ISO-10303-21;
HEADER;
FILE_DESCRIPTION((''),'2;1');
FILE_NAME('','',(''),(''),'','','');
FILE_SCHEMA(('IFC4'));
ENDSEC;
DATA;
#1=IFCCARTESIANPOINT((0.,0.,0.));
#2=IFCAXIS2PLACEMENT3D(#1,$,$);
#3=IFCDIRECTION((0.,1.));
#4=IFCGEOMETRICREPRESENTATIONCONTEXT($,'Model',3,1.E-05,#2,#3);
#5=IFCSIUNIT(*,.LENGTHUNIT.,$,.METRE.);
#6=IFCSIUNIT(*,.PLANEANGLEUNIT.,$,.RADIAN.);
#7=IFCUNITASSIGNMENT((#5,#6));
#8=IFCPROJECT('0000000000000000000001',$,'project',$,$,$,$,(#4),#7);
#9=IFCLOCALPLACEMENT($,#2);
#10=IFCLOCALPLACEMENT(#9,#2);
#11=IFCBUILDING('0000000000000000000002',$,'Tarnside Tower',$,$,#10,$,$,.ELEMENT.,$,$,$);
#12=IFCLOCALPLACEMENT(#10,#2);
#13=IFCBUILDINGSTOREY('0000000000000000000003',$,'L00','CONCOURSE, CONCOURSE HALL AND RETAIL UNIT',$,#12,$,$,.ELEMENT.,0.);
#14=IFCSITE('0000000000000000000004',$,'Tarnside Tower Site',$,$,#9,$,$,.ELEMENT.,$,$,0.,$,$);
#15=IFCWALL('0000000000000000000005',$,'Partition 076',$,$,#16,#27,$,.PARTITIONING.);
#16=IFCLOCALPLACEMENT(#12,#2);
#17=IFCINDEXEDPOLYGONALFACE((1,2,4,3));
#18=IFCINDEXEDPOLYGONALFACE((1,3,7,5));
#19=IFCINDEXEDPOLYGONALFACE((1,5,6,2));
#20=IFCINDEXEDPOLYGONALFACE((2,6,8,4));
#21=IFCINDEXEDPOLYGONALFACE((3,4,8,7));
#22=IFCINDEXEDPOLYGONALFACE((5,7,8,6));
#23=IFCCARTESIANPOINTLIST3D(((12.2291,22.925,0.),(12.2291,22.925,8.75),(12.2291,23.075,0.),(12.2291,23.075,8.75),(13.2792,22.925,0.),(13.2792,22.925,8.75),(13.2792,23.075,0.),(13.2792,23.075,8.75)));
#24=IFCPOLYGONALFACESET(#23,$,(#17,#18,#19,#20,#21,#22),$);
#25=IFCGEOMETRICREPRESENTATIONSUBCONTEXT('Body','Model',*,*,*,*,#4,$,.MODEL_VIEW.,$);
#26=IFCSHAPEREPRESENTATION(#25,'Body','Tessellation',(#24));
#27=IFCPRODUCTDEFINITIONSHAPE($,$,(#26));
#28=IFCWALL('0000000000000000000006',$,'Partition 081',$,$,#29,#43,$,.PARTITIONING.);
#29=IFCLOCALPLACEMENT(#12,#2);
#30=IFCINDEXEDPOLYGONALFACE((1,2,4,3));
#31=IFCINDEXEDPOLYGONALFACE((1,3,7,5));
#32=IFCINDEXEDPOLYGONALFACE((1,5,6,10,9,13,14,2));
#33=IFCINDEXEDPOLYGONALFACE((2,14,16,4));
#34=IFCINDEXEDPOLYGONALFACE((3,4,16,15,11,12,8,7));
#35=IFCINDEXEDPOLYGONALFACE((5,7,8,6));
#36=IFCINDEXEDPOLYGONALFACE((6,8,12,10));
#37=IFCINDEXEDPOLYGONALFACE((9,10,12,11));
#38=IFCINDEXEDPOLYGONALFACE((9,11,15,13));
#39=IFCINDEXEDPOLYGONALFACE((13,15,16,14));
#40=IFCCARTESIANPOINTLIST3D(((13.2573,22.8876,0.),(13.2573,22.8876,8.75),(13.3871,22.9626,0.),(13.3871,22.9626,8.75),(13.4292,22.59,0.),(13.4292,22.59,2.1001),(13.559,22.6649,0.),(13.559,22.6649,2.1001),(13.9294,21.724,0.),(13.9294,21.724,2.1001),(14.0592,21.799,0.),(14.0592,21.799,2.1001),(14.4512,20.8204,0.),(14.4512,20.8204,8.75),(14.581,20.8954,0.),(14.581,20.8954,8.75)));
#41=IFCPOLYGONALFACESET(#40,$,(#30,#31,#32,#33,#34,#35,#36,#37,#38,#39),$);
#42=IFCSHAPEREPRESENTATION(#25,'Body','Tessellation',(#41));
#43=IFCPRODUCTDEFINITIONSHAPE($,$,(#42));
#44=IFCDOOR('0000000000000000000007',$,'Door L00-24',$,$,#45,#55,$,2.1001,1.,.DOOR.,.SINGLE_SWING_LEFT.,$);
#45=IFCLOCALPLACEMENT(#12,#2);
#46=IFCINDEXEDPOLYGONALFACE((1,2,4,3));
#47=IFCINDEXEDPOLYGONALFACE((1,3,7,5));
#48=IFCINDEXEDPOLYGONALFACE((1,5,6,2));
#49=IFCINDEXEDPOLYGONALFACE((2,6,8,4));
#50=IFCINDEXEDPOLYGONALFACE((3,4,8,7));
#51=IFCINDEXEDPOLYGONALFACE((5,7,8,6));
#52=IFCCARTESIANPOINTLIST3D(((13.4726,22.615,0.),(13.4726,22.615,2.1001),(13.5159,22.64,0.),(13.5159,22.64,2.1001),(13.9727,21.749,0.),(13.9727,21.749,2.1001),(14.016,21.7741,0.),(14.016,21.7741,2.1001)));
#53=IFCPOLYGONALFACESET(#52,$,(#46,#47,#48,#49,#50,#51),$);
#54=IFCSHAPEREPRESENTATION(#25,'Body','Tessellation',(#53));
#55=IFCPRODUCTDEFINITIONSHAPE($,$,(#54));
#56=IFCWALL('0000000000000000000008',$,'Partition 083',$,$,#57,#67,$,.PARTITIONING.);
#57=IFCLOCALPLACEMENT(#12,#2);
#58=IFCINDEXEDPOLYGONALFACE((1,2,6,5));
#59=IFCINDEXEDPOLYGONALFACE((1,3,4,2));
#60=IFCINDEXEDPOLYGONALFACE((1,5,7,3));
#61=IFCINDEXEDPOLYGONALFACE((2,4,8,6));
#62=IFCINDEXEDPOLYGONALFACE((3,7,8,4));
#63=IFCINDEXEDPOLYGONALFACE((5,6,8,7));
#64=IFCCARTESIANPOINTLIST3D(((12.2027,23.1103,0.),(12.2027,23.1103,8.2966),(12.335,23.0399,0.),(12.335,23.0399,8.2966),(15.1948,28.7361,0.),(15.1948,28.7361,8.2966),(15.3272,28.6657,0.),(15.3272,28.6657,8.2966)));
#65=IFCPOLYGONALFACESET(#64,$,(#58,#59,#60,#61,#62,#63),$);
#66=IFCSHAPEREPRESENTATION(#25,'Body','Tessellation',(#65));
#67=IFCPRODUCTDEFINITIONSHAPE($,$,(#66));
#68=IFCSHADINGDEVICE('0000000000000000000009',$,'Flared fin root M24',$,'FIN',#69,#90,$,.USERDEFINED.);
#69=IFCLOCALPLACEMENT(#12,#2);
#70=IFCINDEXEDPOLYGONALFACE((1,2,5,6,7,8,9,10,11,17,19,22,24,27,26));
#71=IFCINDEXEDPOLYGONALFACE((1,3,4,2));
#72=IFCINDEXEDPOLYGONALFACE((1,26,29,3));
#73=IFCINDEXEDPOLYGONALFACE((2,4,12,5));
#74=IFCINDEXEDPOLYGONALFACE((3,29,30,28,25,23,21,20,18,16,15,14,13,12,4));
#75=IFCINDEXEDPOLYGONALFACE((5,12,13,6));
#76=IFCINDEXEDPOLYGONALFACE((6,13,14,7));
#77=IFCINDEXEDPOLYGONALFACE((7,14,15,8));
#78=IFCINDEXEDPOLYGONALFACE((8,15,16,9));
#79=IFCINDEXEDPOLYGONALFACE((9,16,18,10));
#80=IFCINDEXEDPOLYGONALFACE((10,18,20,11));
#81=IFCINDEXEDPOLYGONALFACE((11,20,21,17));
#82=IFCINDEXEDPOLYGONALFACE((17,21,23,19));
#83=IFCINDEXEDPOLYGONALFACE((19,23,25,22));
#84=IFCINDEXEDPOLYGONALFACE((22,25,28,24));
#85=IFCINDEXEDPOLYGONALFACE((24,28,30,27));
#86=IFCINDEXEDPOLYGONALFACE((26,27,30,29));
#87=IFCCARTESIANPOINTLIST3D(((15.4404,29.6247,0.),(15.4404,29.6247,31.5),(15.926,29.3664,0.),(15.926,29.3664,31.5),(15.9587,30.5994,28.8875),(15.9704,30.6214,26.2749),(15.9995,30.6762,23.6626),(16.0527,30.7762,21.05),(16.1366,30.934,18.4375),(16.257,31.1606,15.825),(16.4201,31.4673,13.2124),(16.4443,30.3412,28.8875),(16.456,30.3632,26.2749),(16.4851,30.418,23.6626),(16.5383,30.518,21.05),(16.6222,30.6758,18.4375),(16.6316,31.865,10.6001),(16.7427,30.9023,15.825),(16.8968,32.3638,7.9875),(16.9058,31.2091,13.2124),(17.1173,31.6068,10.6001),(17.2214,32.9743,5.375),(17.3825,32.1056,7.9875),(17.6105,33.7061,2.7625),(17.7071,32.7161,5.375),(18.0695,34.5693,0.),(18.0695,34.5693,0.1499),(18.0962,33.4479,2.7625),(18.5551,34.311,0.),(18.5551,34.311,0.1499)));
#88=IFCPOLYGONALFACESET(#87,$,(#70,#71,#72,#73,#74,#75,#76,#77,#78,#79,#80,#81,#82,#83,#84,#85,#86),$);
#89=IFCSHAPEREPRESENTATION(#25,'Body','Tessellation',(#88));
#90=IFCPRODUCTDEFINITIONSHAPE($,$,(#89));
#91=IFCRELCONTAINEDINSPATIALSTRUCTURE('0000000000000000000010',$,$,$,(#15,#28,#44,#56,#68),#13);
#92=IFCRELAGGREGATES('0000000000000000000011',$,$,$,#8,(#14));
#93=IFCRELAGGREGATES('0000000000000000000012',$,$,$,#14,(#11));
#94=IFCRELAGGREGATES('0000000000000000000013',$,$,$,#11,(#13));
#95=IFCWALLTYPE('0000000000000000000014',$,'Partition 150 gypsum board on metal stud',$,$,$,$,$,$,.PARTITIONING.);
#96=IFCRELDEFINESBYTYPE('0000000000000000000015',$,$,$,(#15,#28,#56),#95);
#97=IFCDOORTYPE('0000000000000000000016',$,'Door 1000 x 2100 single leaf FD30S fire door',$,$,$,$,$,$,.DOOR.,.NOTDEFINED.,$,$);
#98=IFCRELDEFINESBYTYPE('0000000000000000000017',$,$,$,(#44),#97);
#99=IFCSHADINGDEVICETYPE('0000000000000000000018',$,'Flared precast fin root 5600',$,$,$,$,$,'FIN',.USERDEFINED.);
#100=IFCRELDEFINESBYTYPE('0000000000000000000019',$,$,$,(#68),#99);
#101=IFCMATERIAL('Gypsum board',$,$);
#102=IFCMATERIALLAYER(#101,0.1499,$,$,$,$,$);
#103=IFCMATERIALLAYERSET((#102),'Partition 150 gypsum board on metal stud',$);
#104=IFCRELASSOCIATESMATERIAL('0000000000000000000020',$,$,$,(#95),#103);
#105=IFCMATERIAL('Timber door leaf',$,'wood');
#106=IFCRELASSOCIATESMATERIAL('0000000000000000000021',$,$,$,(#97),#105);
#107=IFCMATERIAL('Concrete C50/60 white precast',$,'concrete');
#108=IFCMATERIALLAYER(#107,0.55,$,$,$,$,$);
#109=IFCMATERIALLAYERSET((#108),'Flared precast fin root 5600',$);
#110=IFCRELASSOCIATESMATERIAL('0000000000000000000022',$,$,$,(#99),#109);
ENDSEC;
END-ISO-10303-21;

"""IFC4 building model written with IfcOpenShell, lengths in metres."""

from ifc_helpers import new_model, si_unit, direction, frame, frame_2d, origin, place, context, subcontext, project, spatial, polyline, rectangle, outline, extrude, material, layer, layer_set, type_object, element, fill, save


model = new_model("IFC4")

# Units and contexts
model_context = context("Model", 3, precision=1e-05, world=origin(), true_north=direction((0.0, 1.0)))
body_context = subcontext(model_context, "Body", "Model", "MODEL_VIEW")
ifc_project = project(units=[si_unit("LENGTHUNIT", "METRE"), si_unit("PLANEANGLEUNIT", "RADIAN")], contexts=[model_context])

# Site, building, storey
site_placement = place(None, origin())
site = spatial("IfcSite", under=ifc_project, at=site_placement, Name="Tarnside Tower Site", CompositionType="ELEMENT", RefElevation=0.0)
building_placement = place(site_placement, origin())
building = spatial("IfcBuilding", under=site, at=building_placement, Name="Tarnside Tower", CompositionType="ELEMENT")
storey_placement = place(building_placement, origin())
storey = spatial("IfcBuildingStorey", under=building, at=storey_placement, Name="L00", Description="CONCOURSE, CONCOURSE HALL AND RETAIL UNIT", CompositionType="ELEMENT", Elevation=0.0)

# Wall
ifc_material_1 = material(Name="Gypsum board")
ifc_layer_1 = layer(ifc_material_1, 0.1499)
ifc_layer_set_1 = layer_set([ifc_layer_1], Name="Partition 150 gypsum board on metal stud")
wall_type = type_object("IfcWallType", Name="Partition 150 gypsum board on metal stud", PredefinedType="PARTITIONING", material=ifc_layer_set_1)
wall_1_placement = place(storey_placement, frame((13.2791, 23.0, 0.0), z_axis=(0.0, 0.0, 1.0), x_axis=(-1.0, 0.0, 0.0)))
element("IfcWall", 1, at=wall_1_placement, inside=storey, type_object=wall_type, Name="Partition 076", PredefinedType="PARTITIONING", context=body_context, shape_type="SweptSolid", body=[
    extrude(rectangle(XDim=1.05, YDim=0.1499, at=frame_2d((0.5249, 0.0))), origin(), (0.0, 0.0, 1.0), 8.75),
])

# Wall, opening, door
wall_2_placement = place(storey_placement, frame((14.5161, 20.8579, 0.0), z_axis=(0.0, 0.0, 1.0), x_axis=(-0.500121, 0.865956, 0.0)))
wall_2 = element("IfcWall", 2, at=wall_2_placement, inside=storey, type_object=wall_type, Name="Partition 081", PredefinedType="PARTITIONING", context=body_context, shape_type="SweptSolid", body=[
    extrude(rectangle(XDim=2.3872, YDim=0.1499, at=frame_2d((1.1936, 0.0))), origin(), (0.0, 0.0, 1.0), 8.75),
])
opening_placement = place(wall_2_placement, frame((1.0435, 0.0, 0.0)))
opening = element("IfcOpeningElement", 3, at=opening_placement, cuts=wall_2, PredefinedType="OPENING", context=body_context, shape_type="SweptSolid", body=[
    extrude(rectangle(XDim=1.0, YDim=2.1001, at=frame_2d((0.5, 1.05))), frame((0.0, 0.085, 0.0), z_axis=(0.0, -1.0, 0.0), x_axis=(1.0, 0.0, 0.0)), (0.0, 0.0, 1.0), 0.1699),
])
ifc_material_2 = material(Name="Timber door leaf", Category="wood")
door_type = type_object("IfcDoorType", Name="Door 1000 x 2100 single leaf FD30S fire door", OperationType="NOTDEFINED", PredefinedType="DOOR", material=ifc_material_2)
door_placement = place(opening_placement, origin())
door = element("IfcDoor", 4, at=door_placement, inside=storey, type_object=door_type, Name="Door L00-24", OperationType="SINGLE_SWING_LEFT", OverallHeight=2.1001, OverallWidth=1.0, PredefinedType="DOOR", context=body_context, shape_type="SweptSolid", body=[
    extrude(rectangle(XDim=1.0, YDim=2.1001, at=frame_2d((0.5, 1.05))), frame((0.0, 0.0249, 0.0), z_axis=(0.0, -1.0, 0.0), x_axis=(1.0, 0.0, 0.0)), (0.0, 0.0, 1.0), 0.05),
])
fill(opening, door)

# Wall
wall_3_placement = place(storey_placement, frame((15.261, 28.7009, 0.0), z_axis=(0.0, 0.0, 1.0), x_axis=(-0.46957, -0.882895, 0.0)))
element("IfcWall", 5, at=wall_3_placement, inside=storey, type_object=wall_type, Name="Partition 083", PredefinedType="PARTITIONING", context=body_context, shape_type="SweptSolid", body=[
    extrude(rectangle(XDim=6.3721, YDim=0.1499, at=frame_2d((3.186, 0.0))), origin(), (0.0, 0.0, 1.0), 8.2966),
])

# Shading device
ifc_material_3 = material(Name="Concrete C50/60 white precast", Category="concrete")
ifc_layer_2 = layer(ifc_material_3, 0.55)
ifc_layer_set_2 = layer_set([ifc_layer_2], Name="Flared precast fin root 5600")
shading_device_type = type_object("IfcShadingDeviceType", Name="Flared precast fin root 5600", ElementType="FIN", PredefinedType="USERDEFINED", material=ifc_layer_set_2)
shading_device_placement = place(storey_placement, frame((15.6831, 29.4956, 0.0), z_axis=(0.882948, -0.469472, 0.0), x_axis=(0.469472, 0.882948, 0.0)))
element("IfcShadingDevice", 6, at=shading_device_placement, inside=storey, type_object=shading_device_type, Name="Flared fin root M24", ObjectType="FIN", PredefinedType="USERDEFINED", context=body_context, shape_type="SweptSolid", body=[
    extrude(outline(polyline([(0.0, 0.0), (5.6001, 0.0), (5.6001, 0.1499), (4.6226, 2.7625), (3.7937, 5.375), (3.1023, 7.9875), (2.5374, 10.6001), (2.0869, 13.2124), (1.7395, 15.825), (1.4829, 18.4375), (1.3042, 21.05), (1.1909, 23.6626), (1.1289, 26.2749), (1.104, 28.8875), (0.0, 31.5), (0.0, 0.0)])), frame((0.0, 0.0, -0.2749)), (0.0, 0.0, 1.0), 0.55),
])

save(model, "model.ifc")
